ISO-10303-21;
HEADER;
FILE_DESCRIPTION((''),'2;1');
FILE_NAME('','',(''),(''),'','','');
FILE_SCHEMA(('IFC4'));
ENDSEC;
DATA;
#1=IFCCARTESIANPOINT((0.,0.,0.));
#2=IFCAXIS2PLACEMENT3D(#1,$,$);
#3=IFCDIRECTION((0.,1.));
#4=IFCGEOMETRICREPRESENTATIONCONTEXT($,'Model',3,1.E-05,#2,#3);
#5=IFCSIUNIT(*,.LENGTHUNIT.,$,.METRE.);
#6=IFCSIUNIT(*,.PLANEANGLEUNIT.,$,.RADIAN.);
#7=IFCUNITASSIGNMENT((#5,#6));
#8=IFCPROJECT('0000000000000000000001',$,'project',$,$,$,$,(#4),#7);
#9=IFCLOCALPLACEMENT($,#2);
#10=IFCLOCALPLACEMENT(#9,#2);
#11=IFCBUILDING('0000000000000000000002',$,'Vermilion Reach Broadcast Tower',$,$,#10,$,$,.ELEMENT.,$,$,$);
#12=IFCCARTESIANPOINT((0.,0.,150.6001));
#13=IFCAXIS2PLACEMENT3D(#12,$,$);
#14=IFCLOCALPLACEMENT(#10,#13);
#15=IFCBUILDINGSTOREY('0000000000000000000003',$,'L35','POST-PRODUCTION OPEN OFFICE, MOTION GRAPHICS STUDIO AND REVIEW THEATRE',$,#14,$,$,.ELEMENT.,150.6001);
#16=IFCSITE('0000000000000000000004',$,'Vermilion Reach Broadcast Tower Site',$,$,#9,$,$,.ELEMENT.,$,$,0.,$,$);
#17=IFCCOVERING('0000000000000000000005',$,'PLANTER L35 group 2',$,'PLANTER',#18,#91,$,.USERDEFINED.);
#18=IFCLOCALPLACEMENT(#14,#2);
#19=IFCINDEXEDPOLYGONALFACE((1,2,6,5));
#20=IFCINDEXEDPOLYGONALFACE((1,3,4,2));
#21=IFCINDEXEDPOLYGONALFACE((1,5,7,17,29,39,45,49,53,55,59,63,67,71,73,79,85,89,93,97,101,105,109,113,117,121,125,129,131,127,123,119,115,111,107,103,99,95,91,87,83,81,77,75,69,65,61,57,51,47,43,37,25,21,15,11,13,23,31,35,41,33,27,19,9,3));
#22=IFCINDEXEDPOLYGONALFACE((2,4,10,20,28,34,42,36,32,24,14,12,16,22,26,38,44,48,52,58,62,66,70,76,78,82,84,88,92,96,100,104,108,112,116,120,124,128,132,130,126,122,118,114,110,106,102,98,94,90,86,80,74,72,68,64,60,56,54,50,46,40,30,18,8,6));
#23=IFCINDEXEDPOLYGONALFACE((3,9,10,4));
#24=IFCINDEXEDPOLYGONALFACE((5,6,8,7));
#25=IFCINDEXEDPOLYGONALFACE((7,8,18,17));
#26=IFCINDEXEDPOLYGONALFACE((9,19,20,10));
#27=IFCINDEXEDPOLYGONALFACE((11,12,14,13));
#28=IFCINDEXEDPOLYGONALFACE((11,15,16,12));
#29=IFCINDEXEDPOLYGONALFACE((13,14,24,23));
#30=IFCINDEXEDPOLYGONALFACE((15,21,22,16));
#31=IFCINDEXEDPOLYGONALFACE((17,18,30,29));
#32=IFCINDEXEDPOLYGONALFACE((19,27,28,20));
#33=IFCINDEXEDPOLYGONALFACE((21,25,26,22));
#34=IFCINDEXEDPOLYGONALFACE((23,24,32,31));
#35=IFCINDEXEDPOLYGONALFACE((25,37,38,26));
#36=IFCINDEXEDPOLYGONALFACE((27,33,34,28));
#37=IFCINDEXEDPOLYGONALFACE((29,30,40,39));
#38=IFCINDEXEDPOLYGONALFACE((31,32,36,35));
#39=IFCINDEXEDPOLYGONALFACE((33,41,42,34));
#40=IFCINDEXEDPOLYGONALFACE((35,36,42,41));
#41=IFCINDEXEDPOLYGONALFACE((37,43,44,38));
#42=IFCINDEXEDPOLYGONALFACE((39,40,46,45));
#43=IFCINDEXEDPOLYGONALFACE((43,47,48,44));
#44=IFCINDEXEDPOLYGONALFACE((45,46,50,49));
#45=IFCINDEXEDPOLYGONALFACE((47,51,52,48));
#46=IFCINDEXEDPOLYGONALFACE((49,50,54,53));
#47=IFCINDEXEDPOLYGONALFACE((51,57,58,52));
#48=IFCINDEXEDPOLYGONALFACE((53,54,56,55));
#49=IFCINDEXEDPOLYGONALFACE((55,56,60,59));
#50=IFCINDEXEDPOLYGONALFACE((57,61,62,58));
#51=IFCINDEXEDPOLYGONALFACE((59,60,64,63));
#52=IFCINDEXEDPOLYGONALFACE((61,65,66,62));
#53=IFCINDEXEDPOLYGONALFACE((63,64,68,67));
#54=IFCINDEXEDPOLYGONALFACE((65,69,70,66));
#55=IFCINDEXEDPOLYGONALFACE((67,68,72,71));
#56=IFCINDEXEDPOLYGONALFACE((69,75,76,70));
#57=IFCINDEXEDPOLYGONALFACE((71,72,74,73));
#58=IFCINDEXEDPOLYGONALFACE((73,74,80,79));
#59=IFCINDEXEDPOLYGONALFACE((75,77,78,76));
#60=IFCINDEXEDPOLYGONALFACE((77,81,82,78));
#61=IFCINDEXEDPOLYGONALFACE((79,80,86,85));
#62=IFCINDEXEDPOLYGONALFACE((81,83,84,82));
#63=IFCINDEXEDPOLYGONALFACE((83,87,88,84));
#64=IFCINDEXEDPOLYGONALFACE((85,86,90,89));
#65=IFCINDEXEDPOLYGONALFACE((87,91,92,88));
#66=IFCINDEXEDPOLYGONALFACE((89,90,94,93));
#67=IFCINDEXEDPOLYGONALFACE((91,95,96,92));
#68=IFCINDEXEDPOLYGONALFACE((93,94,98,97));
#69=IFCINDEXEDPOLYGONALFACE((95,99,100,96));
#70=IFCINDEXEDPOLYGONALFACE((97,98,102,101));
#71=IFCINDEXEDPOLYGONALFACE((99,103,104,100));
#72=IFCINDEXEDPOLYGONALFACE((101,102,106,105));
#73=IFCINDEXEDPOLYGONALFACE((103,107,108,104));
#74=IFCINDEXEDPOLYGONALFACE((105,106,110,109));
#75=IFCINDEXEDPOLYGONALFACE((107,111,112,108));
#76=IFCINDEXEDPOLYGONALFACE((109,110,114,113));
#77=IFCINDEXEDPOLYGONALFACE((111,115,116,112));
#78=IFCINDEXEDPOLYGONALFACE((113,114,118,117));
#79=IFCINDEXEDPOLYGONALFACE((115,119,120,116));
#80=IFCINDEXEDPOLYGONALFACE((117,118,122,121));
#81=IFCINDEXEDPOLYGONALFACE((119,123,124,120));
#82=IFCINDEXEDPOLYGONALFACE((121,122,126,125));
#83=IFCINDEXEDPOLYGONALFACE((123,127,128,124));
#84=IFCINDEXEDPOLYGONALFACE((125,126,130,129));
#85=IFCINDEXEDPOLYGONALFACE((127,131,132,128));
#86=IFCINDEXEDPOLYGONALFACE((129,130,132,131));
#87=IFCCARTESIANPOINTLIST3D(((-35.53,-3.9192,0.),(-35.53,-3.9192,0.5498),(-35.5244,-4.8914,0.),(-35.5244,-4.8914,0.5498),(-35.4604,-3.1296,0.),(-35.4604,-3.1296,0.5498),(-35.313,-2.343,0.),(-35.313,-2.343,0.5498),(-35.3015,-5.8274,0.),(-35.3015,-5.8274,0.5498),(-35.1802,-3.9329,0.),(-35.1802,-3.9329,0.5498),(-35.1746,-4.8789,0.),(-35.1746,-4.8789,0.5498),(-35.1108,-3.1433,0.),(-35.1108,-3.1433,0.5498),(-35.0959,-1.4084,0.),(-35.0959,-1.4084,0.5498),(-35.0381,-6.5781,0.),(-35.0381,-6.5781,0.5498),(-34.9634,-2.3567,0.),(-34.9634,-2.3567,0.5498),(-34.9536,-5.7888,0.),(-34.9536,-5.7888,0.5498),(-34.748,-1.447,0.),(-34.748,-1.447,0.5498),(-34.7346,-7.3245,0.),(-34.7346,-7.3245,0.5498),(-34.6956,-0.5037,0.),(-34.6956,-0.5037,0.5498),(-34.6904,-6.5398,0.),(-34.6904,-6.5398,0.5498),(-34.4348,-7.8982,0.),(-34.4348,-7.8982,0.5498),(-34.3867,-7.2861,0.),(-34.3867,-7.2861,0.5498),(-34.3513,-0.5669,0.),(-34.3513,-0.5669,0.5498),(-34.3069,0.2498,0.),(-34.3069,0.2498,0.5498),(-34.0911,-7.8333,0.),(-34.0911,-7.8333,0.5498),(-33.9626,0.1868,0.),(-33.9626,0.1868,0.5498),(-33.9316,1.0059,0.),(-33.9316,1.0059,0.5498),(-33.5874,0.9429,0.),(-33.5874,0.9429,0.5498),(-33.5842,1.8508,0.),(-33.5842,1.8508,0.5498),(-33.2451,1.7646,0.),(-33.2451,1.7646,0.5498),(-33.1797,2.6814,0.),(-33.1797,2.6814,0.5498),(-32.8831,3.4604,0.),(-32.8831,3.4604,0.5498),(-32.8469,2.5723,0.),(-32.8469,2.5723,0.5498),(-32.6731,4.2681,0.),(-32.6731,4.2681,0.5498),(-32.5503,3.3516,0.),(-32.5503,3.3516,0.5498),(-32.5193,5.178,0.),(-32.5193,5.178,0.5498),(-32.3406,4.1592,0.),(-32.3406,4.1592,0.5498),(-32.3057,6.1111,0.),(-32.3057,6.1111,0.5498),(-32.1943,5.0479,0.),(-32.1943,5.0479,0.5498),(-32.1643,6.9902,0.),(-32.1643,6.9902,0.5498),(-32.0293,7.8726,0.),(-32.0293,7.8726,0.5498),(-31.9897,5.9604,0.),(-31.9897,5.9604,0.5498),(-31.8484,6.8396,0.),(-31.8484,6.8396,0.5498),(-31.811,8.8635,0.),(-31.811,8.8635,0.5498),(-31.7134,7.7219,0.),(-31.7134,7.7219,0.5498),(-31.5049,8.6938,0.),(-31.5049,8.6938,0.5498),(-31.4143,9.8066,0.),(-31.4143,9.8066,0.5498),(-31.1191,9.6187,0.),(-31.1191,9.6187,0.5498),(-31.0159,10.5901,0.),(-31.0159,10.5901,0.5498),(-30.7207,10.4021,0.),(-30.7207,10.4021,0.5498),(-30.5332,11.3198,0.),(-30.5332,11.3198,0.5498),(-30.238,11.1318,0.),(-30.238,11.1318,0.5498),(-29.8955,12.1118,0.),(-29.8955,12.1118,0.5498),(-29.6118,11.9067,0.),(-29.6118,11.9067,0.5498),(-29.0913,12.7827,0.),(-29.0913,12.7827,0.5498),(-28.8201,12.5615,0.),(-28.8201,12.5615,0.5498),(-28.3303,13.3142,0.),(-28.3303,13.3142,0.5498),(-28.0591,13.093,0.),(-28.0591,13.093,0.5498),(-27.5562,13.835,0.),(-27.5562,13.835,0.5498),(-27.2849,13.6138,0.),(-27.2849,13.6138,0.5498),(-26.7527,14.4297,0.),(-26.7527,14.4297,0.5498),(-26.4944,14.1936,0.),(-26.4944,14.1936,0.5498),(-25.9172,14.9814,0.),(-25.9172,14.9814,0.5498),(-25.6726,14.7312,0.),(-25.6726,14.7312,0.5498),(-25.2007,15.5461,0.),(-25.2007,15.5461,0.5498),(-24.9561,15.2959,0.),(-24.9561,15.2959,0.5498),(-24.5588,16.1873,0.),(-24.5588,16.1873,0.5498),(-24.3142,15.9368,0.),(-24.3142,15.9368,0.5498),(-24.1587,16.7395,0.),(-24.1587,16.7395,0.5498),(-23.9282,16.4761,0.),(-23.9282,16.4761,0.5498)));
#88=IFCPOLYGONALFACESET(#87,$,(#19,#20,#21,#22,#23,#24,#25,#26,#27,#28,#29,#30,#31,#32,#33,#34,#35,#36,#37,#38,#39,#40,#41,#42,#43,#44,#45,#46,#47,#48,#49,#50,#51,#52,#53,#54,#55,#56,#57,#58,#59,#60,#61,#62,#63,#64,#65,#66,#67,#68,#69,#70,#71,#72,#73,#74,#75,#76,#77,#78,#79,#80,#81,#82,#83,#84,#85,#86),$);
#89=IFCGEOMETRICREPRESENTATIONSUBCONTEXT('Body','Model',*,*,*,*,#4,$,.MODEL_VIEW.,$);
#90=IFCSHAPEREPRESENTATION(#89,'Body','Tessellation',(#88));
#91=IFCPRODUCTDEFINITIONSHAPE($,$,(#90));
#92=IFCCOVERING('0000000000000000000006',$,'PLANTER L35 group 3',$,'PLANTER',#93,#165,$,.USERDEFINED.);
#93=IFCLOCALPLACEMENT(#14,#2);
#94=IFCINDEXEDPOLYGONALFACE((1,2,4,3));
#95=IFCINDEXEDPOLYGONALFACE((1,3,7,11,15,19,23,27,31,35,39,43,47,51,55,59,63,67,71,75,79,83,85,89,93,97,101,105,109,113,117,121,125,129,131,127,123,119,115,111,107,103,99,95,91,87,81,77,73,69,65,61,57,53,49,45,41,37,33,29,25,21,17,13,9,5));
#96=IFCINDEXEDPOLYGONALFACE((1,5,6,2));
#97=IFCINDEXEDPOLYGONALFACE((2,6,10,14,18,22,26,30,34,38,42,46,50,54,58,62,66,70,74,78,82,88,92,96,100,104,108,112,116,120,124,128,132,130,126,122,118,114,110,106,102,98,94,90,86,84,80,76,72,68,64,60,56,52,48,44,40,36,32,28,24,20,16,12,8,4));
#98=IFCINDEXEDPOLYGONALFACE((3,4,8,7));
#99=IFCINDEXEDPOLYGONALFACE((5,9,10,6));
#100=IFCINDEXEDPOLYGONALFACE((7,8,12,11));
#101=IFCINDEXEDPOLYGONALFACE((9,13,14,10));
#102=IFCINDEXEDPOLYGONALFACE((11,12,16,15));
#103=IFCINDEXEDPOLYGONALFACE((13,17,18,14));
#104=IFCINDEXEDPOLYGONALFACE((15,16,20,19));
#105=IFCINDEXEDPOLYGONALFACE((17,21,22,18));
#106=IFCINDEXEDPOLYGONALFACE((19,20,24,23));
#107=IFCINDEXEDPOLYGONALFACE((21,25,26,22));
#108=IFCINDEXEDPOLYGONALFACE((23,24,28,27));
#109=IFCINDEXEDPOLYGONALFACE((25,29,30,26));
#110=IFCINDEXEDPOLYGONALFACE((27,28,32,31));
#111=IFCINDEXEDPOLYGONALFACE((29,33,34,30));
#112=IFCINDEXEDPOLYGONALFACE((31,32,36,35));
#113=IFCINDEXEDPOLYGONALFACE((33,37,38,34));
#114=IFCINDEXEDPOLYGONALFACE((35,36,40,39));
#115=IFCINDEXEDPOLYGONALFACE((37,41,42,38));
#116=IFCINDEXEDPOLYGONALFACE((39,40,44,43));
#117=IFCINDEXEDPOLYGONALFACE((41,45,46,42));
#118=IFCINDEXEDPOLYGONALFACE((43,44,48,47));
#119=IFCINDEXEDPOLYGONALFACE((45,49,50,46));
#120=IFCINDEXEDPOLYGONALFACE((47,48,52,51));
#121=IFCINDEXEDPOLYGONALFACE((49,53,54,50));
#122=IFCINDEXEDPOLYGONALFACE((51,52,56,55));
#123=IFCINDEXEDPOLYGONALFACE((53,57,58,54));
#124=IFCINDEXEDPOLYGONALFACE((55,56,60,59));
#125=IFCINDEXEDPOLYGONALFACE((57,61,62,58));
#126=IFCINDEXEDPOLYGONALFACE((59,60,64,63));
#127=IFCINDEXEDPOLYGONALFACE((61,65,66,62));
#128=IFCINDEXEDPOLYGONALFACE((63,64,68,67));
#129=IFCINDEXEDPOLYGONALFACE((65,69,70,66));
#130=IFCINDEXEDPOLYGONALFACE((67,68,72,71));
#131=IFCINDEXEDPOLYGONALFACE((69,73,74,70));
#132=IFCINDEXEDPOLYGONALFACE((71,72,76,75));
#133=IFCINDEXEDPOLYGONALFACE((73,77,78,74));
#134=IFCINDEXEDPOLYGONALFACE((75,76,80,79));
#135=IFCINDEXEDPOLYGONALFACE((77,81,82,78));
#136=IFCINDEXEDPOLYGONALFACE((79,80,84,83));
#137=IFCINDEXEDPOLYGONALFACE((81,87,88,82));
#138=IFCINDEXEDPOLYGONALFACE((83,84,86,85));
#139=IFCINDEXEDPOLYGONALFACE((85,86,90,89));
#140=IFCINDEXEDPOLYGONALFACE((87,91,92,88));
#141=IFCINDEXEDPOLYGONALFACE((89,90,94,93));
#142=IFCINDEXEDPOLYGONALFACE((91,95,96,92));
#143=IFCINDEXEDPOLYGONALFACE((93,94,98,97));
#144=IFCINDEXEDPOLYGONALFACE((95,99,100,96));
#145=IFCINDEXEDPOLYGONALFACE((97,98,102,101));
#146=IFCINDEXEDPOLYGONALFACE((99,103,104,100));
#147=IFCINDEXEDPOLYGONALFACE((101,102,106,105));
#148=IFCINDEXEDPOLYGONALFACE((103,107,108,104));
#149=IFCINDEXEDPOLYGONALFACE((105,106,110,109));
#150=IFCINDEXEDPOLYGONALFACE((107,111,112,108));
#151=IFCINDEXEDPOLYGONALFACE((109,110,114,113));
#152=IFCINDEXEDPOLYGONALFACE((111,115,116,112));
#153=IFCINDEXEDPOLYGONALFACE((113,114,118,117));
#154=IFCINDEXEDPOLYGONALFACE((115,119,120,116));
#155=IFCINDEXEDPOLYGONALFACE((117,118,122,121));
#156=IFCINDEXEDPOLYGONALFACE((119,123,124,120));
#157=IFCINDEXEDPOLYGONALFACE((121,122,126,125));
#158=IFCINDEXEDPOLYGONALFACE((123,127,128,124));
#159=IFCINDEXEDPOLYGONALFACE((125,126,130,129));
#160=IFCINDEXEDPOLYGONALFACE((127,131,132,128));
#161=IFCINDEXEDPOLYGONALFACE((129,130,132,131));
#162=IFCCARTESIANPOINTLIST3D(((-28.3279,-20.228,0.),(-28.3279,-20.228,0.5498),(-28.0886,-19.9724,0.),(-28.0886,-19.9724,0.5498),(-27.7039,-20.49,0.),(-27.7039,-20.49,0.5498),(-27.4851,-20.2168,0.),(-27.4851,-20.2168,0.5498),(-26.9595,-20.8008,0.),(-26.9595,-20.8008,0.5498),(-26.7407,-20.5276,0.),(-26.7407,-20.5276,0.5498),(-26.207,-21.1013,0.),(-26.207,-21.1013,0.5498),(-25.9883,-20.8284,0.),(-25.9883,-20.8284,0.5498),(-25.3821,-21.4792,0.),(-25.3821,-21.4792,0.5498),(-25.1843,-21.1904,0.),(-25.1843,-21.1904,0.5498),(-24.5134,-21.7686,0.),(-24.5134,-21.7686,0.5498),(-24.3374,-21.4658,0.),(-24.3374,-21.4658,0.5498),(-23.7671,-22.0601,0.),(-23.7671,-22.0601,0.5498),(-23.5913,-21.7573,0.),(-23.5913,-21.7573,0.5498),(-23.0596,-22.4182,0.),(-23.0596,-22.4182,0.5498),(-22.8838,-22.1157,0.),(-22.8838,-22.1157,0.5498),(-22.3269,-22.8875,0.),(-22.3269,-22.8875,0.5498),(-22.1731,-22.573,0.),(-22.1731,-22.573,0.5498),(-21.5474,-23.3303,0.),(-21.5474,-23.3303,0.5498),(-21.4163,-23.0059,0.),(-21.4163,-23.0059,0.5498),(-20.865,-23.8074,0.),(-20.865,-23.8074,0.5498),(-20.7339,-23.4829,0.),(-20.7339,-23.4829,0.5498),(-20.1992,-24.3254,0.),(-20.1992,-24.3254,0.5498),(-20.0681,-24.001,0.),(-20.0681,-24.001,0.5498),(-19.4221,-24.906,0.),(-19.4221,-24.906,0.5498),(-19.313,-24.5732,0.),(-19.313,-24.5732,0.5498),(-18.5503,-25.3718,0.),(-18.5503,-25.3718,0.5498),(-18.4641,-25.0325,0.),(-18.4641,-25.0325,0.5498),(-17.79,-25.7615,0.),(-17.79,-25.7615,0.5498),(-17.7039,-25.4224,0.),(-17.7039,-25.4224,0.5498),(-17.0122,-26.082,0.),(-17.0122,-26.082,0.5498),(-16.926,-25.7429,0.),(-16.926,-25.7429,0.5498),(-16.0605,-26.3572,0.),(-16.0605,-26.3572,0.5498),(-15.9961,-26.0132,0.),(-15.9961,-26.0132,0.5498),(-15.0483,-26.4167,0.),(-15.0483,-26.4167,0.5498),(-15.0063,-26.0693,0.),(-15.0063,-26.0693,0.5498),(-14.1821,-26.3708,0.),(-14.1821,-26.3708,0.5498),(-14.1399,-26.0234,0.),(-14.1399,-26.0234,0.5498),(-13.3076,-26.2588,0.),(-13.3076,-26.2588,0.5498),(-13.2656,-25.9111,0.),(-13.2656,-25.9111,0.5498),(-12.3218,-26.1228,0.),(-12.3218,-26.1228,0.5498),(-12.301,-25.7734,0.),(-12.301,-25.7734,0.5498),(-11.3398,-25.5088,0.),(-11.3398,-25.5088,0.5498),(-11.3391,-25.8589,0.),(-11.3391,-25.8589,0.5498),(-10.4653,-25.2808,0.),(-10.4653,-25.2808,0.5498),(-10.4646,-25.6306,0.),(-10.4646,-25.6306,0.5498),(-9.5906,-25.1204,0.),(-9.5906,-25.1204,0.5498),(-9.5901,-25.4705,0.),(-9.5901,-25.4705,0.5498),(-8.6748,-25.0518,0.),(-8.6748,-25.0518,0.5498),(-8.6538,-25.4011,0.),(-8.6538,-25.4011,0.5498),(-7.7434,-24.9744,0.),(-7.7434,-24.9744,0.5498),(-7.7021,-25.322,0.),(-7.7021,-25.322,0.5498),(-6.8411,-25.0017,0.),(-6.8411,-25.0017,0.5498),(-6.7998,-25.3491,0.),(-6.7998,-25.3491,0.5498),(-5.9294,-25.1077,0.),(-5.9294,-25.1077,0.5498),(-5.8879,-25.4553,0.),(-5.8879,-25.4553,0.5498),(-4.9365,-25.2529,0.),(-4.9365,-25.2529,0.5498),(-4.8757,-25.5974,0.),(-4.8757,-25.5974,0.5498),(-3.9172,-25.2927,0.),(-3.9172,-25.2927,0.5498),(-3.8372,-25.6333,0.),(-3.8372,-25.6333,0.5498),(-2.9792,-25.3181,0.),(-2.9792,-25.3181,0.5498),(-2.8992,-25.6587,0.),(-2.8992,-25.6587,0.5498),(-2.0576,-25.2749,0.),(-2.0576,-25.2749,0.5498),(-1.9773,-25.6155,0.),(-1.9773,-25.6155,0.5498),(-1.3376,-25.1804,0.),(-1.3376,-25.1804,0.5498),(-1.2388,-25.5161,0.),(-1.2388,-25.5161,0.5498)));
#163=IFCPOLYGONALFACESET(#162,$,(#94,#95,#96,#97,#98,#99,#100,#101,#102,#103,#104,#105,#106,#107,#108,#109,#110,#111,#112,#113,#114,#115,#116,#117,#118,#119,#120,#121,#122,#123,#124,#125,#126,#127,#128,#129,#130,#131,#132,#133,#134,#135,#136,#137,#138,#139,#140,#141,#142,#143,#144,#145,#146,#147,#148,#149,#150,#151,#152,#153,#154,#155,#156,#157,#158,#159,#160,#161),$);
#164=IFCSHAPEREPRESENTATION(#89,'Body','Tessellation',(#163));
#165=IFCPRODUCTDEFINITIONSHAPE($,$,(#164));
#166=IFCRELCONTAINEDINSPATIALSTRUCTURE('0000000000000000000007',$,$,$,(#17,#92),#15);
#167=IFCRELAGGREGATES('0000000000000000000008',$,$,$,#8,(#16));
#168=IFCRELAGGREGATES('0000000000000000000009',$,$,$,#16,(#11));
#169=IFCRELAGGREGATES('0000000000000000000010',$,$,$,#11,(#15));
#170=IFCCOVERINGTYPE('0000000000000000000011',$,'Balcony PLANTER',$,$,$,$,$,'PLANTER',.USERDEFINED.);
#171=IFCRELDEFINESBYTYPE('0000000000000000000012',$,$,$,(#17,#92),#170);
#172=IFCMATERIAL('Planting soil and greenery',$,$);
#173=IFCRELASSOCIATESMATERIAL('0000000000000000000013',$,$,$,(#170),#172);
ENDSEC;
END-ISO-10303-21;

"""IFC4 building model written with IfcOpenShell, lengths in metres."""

from ifc_helpers import new_model, si_unit, direction, frame, origin, place, context, subcontext, project, spatial, polyline, outline, extrude, material, type_object, element, save


model = new_model("IFC4")

# Units and contexts
model_context = context("Model", 3, precision=1e-05, world=origin(), true_north=direction((0.0, 1.0)))
body_context = subcontext(model_context, "Body", "Model", "MODEL_VIEW")
ifc_project = project(units=[si_unit("LENGTHUNIT", "METRE"), si_unit("PLANEANGLEUNIT", "RADIAN")], contexts=[model_context])

# Site, building, storey
site_placement = place(None, origin())
site = spatial("IfcSite", under=ifc_project, at=site_placement, Name="Vermilion Reach Broadcast Tower Site", CompositionType="ELEMENT", RefElevation=0.0)
building_placement = place(site_placement, origin())
building = spatial("IfcBuilding", under=site, at=building_placement, Name="Vermilion Reach Broadcast Tower", CompositionType="ELEMENT")
storey_placement = place(building_placement, frame((0.0, 0.0, 150.6001)))
storey = spatial("IfcBuildingStorey", under=building, at=storey_placement, Name="L35", Description="POST-PRODUCTION OPEN OFFICE, MOTION GRAPHICS STUDIO AND REVIEW THEATRE", CompositionType="ELEMENT", Elevation=150.6001)

# Shared definitions
placement_1 = place(storey_placement, origin())

# Coverings
ifc_material_1 = material(Name="Planting soil and greenery")
covering_type = type_object("IfcCoveringType", Name="Balcony PLANTER", ElementType="PLANTER", PredefinedType="USERDEFINED", material=ifc_material_1)
element("IfcCovering", 1, at=placement_1, inside=storey, type_object=covering_type, Name="PLANTER L35 group 2", ObjectType="PLANTER", PredefinedType="USERDEFINED", context=body_context, shape_type="SweptSolid", body=[
    extrude(outline(polyline([(-24.1587, 16.7395), (-24.5588, 16.1873), (-25.2007, 15.5461), (-25.9172, 14.9814), (-26.7527, 14.4297), (-27.5562, 13.835), (-28.3303, 13.3142), (-29.0913, 12.7827), (-29.8955, 12.1118), (-30.5332, 11.3198), (-31.0159, 10.5901), (-31.4143, 9.8066), (-31.811, 8.8635), (-32.0293, 7.8726), (-32.1643, 6.9902), (-32.3057, 6.1111), (-32.5193, 5.178), (-32.6731, 4.2681), (-32.8831, 3.4604), (-33.1797, 2.6814), (-33.5842, 1.8508), (-33.9316, 1.0059), (-34.3069, 0.2498), (-34.6956, -0.5037), (-35.0959, -1.4084), (-35.313, -2.343), (-35.4604, -3.1296), (-35.53, -3.9192), (-35.5244, -4.8914), (-35.3015, -5.8274), (-35.0381, -6.5781), (-34.7346, -7.3245), (-34.4348, -7.8982), (-34.0911, -7.8333), (-34.3867, -7.2861), (-34.6904, -6.5398), (-34.9536, -5.7888), (-35.1746, -4.8789), (-35.1802, -3.9329), (-35.1108, -3.1433), (-34.9634, -2.3567), (-34.748, -1.447), (-34.3513, -0.5669), (-33.9626, 0.1868), (-33.5874, 0.9429), (-33.2451, 1.7646), (-32.8469, 2.5723), (-32.5503, 3.3516), (-32.3406, 4.1592), (-32.1943, 5.0479), (-31.9897, 5.9604), (-31.8484, 6.8396), (-31.7134, 7.7219), (-31.5049, 8.6938), (-31.1191, 9.6187), (-30.7207, 10.4021), (-30.238, 11.1318), (-29.6118, 11.9067), (-28.8201, 12.5615), (-28.0591, 13.093), (-27.2849, 13.6138), (-26.4944, 14.1936), (-25.6726, 14.7312), (-24.9561, 15.2959), (-24.3142, 15.9368), (-23.9282, 16.4761), (-24.1587, 16.7395)])), origin(), (0.0, 0.0, 1.0), 0.5498),
])
element("IfcCovering", 2, at=placement_1, inside=storey, type_object=covering_type, Name="PLANTER L35 group 3", ObjectType="PLANTER", PredefinedType="USERDEFINED", context=body_context, shape_type="SweptSolid", body=[
    extrude(outline(polyline([(-28.3279, -20.228), (-27.7039, -20.49), (-26.9595, -20.8008), (-26.207, -21.1013), (-25.3821, -21.4792), (-24.5134, -21.7686), (-23.7671, -22.0601), (-23.0596, -22.4182), (-22.3269, -22.8875), (-21.5474, -23.3303), (-20.865, -23.8074), (-20.1992, -24.3254), (-19.4221, -24.906), (-18.5503, -25.3718), (-17.79, -25.7615), (-17.0122, -26.082), (-16.0605, -26.3572), (-15.0483, -26.4167), (-14.1821, -26.3708), (-13.3076, -26.2588), (-12.3218, -26.1228), (-11.3391, -25.8589), (-10.4646, -25.6306), (-9.5901, -25.4705), (-8.6538, -25.4011), (-7.7021, -25.322), (-6.7998, -25.3491), (-5.8879, -25.4553), (-4.8757, -25.5974), (-3.8372, -25.6333), (-2.8992, -25.6587), (-1.9773, -25.6155), (-1.2388, -25.5161), (-1.3376, -25.1804), (-2.0576, -25.2749), (-2.9792, -25.3181), (-3.9172, -25.2927), (-4.9365, -25.2529), (-5.9294, -25.1077), (-6.8411, -25.0017), (-7.7434, -24.9744), (-8.6748, -25.0518), (-9.5906, -25.1204), (-10.4653, -25.2808), (-11.3398, -25.5088), (-12.301, -25.7734), (-13.2656, -25.9111), (-14.1399, -26.0234), (-15.0063, -26.0693), (-15.9961, -26.0132), (-16.926, -25.7429), (-17.7039, -25.4224), (-18.4641, -25.0325), (-19.313, -24.5732), (-20.0681, -24.001), (-20.7339, -23.4829), (-21.4163, -23.0059), (-22.1731, -22.573), (-22.8838, -22.1157), (-23.5913, -21.7573), (-24.3374, -21.4658), (-25.1843, -21.1904), (-25.9883, -20.8284), (-26.7407, -20.5276), (-27.4851, -20.2168), (-28.0886, -19.9724), (-28.3279, -20.228)])), origin(), (0.0, 0.0, 1.0), 0.5498),
])

save(model, "model.ifc")
